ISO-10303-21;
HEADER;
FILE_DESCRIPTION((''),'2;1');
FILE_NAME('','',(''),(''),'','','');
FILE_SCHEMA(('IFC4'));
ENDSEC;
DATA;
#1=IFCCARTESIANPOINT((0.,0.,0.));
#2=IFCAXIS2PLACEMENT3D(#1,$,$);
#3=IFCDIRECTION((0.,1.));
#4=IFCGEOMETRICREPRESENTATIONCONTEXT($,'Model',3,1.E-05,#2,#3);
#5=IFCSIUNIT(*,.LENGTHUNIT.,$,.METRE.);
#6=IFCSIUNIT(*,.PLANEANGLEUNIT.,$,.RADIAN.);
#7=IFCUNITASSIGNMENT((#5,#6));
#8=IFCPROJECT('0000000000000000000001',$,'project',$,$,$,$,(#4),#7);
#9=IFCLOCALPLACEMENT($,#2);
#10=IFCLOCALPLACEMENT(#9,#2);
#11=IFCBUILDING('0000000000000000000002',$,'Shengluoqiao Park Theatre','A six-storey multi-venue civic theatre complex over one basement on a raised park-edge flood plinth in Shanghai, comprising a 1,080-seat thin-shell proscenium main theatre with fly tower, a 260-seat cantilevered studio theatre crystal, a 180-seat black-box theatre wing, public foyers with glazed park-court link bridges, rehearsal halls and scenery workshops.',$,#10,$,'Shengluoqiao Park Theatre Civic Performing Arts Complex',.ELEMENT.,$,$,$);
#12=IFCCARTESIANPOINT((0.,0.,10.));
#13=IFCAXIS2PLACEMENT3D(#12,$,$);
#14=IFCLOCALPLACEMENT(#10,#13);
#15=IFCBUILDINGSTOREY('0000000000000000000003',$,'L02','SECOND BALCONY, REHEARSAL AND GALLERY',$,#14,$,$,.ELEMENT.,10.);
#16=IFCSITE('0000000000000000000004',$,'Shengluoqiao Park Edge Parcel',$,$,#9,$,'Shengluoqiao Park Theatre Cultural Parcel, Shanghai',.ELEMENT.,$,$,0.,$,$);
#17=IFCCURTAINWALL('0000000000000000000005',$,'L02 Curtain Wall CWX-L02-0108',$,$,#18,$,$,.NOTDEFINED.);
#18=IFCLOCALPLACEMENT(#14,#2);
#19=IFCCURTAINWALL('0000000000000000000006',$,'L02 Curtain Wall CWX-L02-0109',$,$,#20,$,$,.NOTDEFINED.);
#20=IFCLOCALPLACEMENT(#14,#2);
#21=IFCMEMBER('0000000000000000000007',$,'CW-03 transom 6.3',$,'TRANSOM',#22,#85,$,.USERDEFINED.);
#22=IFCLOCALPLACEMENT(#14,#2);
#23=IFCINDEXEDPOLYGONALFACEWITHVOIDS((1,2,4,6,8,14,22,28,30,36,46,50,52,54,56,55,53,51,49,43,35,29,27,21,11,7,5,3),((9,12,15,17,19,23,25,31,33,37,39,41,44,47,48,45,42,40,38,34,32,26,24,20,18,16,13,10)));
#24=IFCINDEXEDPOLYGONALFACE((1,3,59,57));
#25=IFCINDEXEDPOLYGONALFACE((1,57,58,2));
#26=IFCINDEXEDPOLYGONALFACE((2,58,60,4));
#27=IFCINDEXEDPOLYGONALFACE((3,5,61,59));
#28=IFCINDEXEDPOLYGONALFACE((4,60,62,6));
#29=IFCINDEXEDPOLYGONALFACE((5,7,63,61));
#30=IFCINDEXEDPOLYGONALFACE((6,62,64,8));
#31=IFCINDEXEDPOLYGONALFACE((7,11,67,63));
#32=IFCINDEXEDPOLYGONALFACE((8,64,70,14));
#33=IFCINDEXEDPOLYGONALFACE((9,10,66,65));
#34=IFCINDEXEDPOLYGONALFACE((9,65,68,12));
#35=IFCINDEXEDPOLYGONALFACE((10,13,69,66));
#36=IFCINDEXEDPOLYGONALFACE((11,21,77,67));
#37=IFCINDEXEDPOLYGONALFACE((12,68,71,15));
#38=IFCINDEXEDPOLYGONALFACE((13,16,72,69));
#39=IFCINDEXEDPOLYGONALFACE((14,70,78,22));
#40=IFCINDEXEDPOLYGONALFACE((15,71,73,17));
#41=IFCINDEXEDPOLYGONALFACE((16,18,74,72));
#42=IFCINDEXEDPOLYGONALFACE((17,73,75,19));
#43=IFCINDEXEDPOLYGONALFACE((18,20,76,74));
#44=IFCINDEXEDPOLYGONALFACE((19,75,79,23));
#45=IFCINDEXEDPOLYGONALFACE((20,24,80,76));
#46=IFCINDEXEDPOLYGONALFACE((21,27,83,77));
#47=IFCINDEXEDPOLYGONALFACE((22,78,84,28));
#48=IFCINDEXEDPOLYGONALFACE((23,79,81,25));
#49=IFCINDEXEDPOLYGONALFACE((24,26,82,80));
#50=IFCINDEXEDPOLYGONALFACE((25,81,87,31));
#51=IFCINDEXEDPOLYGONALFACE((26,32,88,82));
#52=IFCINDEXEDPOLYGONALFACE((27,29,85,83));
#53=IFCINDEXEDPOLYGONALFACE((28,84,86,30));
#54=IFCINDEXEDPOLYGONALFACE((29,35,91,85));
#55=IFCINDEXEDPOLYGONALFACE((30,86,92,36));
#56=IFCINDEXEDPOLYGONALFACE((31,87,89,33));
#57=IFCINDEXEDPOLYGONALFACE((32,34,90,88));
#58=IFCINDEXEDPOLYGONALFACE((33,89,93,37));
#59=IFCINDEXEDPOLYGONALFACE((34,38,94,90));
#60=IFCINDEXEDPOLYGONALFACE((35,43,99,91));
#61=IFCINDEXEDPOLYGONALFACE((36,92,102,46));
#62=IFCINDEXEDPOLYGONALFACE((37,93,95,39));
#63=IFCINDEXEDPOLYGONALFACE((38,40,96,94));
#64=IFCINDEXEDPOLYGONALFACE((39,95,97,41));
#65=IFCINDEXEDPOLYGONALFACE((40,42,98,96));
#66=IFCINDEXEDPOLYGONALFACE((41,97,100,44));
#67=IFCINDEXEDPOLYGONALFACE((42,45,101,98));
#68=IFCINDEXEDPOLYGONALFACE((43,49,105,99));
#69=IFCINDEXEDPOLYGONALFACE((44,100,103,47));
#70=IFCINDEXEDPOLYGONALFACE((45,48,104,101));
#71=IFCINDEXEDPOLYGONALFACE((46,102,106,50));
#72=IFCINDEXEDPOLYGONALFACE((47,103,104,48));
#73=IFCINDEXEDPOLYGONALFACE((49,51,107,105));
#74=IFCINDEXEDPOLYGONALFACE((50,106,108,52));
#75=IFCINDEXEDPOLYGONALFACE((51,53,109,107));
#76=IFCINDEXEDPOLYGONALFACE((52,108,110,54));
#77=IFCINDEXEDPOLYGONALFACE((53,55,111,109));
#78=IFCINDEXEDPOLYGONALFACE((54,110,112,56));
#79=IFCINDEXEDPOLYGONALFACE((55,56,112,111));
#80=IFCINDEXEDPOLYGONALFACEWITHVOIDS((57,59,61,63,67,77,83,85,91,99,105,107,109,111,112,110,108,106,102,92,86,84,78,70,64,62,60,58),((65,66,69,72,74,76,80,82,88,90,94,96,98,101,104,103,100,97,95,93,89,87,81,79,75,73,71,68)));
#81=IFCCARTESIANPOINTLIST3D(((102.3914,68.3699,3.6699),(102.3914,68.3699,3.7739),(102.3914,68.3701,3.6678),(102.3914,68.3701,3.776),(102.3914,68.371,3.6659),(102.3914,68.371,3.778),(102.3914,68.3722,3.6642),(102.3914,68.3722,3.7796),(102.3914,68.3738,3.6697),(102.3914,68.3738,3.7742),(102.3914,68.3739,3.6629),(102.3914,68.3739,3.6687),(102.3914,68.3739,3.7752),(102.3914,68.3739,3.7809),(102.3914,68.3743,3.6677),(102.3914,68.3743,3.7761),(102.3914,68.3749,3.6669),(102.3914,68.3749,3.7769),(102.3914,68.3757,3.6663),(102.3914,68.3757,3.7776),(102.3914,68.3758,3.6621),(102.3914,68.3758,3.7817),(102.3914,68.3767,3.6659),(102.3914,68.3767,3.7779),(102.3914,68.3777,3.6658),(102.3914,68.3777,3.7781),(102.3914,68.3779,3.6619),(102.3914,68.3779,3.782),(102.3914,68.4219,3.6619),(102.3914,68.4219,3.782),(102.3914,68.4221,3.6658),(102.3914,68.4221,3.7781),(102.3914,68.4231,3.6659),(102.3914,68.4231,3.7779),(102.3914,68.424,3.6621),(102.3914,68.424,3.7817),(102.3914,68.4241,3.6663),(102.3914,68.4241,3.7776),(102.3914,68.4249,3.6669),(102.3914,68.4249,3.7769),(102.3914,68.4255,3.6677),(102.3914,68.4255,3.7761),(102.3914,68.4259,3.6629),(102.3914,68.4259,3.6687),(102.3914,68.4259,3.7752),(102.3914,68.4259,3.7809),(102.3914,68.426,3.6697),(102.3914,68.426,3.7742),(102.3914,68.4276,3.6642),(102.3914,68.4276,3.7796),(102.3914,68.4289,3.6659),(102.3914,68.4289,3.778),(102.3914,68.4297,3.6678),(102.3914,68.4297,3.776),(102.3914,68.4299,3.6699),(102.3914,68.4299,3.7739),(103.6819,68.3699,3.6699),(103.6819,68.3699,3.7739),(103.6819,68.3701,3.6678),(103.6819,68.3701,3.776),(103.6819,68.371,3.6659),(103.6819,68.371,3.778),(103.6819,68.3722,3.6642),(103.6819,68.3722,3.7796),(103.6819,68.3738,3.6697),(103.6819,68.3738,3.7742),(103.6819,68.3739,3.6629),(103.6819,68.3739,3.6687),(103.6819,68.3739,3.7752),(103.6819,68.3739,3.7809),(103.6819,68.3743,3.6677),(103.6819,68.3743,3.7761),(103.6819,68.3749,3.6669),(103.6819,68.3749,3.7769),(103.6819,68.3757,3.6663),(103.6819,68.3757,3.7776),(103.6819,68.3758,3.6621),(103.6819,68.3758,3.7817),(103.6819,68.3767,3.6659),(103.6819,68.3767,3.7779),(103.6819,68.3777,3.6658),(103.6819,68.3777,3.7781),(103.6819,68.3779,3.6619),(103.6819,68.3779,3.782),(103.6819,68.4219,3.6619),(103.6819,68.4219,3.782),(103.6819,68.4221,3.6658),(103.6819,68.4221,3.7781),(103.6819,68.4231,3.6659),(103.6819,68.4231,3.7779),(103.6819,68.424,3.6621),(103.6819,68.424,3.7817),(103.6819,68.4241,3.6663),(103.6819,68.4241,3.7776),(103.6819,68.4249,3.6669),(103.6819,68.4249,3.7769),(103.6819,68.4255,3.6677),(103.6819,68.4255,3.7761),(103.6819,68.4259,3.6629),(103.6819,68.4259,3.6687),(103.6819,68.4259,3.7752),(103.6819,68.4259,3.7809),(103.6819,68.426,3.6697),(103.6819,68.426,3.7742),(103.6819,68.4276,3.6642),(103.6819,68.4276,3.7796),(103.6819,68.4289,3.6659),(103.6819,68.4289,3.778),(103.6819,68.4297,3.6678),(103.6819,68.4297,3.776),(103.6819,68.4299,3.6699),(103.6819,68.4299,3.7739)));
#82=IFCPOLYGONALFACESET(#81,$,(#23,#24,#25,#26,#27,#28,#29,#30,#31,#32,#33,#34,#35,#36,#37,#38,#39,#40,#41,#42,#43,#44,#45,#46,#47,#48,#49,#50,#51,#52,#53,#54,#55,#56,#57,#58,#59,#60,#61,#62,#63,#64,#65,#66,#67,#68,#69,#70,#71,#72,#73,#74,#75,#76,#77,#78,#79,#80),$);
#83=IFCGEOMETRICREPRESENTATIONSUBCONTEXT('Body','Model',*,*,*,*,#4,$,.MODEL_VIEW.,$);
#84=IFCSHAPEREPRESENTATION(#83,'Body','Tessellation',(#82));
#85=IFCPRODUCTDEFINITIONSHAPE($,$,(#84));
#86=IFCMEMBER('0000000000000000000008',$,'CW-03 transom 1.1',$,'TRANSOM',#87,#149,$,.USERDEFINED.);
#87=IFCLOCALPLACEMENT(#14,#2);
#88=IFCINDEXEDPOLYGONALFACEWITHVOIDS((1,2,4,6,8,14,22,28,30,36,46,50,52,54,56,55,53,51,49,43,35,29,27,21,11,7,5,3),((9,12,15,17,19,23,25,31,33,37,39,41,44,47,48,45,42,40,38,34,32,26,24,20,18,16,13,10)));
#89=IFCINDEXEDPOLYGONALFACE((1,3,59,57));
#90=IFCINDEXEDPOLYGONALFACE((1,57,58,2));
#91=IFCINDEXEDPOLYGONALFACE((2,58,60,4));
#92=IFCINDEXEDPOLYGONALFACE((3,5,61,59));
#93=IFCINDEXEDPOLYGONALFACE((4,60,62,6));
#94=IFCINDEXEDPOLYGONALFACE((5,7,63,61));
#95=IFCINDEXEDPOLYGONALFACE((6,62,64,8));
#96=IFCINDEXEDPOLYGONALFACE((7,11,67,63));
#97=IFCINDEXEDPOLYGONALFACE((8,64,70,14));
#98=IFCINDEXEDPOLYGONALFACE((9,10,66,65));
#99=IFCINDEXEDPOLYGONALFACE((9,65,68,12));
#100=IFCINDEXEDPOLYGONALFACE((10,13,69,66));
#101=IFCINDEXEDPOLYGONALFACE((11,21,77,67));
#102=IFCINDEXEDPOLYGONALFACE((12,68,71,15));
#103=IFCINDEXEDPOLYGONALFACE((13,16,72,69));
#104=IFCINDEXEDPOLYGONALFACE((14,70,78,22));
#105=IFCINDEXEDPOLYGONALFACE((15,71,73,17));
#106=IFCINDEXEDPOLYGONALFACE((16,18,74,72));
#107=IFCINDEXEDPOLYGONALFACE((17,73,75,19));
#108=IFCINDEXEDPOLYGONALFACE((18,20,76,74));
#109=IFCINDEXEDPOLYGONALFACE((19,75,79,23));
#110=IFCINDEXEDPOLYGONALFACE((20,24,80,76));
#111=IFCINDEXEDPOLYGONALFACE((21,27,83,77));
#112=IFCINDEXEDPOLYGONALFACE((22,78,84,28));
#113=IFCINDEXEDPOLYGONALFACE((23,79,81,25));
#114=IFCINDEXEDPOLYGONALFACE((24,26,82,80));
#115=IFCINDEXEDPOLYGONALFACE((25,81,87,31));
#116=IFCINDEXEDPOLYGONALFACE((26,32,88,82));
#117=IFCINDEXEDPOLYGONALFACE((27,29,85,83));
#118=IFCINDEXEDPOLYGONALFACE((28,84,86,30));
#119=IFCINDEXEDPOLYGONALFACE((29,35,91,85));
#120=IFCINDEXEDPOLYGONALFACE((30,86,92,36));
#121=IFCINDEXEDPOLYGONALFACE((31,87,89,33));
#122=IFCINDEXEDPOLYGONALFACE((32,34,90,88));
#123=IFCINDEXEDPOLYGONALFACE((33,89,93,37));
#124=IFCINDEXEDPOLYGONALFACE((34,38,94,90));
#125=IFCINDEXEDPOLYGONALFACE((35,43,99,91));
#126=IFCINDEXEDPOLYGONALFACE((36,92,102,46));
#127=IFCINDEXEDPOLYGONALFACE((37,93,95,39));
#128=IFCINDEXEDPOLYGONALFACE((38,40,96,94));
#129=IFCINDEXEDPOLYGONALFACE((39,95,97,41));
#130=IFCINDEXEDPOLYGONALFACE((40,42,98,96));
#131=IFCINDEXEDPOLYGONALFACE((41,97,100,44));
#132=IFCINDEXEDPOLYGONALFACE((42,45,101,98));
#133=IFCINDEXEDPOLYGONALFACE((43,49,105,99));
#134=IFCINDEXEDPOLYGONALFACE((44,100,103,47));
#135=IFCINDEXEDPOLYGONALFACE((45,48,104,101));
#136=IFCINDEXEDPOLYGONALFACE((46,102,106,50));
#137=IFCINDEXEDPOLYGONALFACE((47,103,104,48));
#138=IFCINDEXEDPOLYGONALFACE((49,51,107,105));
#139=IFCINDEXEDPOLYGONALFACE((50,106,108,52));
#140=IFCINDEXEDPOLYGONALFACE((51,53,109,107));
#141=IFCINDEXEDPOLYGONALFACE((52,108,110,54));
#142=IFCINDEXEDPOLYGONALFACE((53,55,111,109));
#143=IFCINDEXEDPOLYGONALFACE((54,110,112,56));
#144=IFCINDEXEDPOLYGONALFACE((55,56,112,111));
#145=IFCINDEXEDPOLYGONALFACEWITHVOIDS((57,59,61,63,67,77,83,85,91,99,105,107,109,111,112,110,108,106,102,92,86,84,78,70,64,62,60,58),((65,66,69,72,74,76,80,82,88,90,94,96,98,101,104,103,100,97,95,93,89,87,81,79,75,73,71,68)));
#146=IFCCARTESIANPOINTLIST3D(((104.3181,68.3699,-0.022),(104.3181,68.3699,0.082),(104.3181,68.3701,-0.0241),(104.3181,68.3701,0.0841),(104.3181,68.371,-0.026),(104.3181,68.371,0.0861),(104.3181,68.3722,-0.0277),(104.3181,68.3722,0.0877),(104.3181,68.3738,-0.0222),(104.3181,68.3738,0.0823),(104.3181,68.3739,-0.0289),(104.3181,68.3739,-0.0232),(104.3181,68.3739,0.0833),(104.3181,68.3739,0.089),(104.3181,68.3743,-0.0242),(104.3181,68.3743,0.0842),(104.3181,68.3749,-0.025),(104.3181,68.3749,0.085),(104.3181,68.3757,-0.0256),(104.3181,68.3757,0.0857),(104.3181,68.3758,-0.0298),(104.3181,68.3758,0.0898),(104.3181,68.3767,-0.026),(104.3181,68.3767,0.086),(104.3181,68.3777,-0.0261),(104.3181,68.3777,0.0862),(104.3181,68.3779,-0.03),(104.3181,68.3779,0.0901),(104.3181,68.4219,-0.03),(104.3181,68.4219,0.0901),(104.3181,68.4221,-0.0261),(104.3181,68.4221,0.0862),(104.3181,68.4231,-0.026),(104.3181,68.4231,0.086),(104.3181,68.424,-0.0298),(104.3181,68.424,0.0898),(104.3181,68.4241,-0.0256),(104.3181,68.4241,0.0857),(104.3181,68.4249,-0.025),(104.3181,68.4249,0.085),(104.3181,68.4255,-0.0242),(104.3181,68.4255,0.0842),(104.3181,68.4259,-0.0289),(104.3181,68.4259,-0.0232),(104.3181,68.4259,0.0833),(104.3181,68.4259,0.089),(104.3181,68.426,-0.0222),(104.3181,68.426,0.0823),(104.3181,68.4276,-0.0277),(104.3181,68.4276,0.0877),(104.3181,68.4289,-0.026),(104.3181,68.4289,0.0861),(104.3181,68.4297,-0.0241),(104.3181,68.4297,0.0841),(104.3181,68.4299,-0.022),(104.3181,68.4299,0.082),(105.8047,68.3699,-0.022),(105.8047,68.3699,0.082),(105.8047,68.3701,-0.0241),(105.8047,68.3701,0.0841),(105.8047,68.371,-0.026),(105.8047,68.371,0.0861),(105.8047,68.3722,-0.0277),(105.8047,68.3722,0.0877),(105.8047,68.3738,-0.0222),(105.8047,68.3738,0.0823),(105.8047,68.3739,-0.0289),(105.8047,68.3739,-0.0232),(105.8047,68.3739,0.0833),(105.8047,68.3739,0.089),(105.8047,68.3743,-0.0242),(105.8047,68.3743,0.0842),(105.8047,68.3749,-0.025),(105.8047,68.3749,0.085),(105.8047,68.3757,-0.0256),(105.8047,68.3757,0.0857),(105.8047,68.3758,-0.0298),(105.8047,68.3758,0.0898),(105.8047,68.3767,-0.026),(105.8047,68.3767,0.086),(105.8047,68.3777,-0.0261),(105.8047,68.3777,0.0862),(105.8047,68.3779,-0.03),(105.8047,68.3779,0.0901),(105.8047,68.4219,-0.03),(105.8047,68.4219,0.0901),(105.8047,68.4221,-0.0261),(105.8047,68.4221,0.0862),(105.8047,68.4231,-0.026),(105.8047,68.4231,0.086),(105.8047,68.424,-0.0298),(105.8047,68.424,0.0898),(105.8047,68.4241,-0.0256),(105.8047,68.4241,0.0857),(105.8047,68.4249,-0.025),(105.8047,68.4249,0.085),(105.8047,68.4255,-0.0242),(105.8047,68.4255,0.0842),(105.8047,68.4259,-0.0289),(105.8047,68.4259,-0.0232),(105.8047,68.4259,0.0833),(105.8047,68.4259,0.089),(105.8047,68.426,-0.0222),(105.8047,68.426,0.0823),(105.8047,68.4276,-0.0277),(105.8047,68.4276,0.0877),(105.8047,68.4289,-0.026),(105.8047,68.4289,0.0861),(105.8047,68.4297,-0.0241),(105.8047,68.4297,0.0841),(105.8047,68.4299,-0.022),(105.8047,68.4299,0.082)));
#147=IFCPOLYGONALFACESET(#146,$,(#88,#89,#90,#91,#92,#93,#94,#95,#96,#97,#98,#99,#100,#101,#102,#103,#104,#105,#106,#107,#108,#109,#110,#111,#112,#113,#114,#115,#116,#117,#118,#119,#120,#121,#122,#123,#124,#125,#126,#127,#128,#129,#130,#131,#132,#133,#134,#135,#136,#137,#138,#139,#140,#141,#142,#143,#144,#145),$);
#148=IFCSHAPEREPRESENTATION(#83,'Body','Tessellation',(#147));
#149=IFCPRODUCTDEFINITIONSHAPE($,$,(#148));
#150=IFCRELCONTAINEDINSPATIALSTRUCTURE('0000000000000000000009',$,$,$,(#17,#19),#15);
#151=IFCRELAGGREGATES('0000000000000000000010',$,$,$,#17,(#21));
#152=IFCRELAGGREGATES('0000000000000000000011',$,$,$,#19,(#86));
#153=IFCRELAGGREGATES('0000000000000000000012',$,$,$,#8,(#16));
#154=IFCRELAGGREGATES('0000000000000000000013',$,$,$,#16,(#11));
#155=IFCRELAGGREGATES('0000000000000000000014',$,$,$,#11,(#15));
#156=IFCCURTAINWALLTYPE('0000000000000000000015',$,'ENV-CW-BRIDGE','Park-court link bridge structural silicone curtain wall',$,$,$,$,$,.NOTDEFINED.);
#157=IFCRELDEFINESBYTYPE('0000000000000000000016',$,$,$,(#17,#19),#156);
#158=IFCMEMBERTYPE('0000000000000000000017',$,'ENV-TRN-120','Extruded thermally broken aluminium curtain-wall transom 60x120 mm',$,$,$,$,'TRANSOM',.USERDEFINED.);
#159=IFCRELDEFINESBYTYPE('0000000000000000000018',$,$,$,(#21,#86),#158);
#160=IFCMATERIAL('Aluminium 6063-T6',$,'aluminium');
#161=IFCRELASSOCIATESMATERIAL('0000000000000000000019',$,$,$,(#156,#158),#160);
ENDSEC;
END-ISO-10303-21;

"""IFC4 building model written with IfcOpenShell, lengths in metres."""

from ifc_helpers import new_model, si_unit, direction, frame, origin, origin_2d, place, context, subcontext, project, spatial, hollow_rectangle, extrude, material, material_profile, profile_set, type_object, element, aggregate, save


model = new_model("IFC4")

# Units and contexts
model_context = context("Model", 3, precision=1e-05, world=origin(), true_north=direction((0.0, 1.0)))
body_context = subcontext(model_context, "Body", "Model", "MODEL_VIEW")
ifc_project = project(units=[si_unit("LENGTHUNIT", "METRE"), si_unit("PLANEANGLEUNIT", "RADIAN")], contexts=[model_context])

# Site, building, storey
site_placement = place(None, origin())
site = spatial("IfcSite", under=ifc_project, at=site_placement, Name="Shengluoqiao Park Edge Parcel", LongName="Shengluoqiao Park Theatre Cultural Parcel, Shanghai", CompositionType="ELEMENT", RefElevation=0.0)
building_placement = place(site_placement, origin())
building = spatial("IfcBuilding", under=site, at=building_placement, Name="Shengluoqiao Park Theatre", Description="A six-storey multi-venue civic theatre complex over one basement on a raised park-edge flood plinth in Shanghai, comprising a 1,080-seat thin-shell proscenium main theatre with fly tower, a 260-seat cantilevered studio theatre crystal, a 180-seat black-box theatre wing, public foyers with glazed park-court link bridges, rehearsal halls and scenery workshops.", LongName="Shengluoqiao Park Theatre Civic Performing Arts Complex", CompositionType="ELEMENT")
storey_placement = place(building_placement, frame((0.0, 0.0, 10.0)))
storey = spatial("IfcBuildingStorey", under=building, at=storey_placement, Name="L02", Description="SECOND BALCONY, REHEARSAL AND GALLERY", CompositionType="ELEMENT", Elevation=10.0)

# Curtain wall
ifc_material_1 = material(Name="Aluminium 6063-T6", Category="aluminium")
curtain_wall_type = type_object("IfcCurtainWallType", Name="ENV-CW-BRIDGE", Description="Park-court link bridge structural silicone curtain wall", PredefinedType="NOTDEFINED", material=ifc_material_1)
curtain_wall_1_placement = place(storey_placement, origin())
curtain_wall_1 = element("IfcCurtainWall", 1, at=curtain_wall_1_placement, inside=storey, type_object=curtain_wall_type, Name="L02 Curtain Wall CWX-L02-0108", PredefinedType="NOTDEFINED")

# Curtain wall
curtain_wall_2_placement = place(storey_placement, origin())
curtain_wall_2 = element("IfcCurtainWall", 2, at=curtain_wall_2_placement, inside=storey, type_object=curtain_wall_type, Name="L02 Curtain Wall CWX-L02-0109", PredefinedType="NOTDEFINED")

# Members
ifc_material_profile_1 = material_profile(ifc_material_1, hollow_rectangle(XDim=0.0601, YDim=0.1201, WallThickness=0.0039, InnerFilletRadius=0.0039, OuterFilletRadius=0.0081, at=origin_2d()), Name="ALU TRANSOM 120x60x4")
ifc_profile_set_1 = profile_set([ifc_material_profile_1], Name="Aluminium 6063-T6")
member_type_1 = type_object("IfcMemberType", Name="ENV-TRN-120", Description="Extruded thermally broken aluminium curtain-wall transom 60x120 mm", ElementType="TRANSOM", PredefinedType="USERDEFINED", material=ifc_profile_set_1)
member_1_placement = place(storey_placement, frame((102.3914, 68.3999, 3.7219), z_axis=(1.0, 0.0, 0.0), x_axis=(0.0, 1.0, 0.0)))
member_1 = element("IfcMember", 3, at=member_1_placement, type_object=member_type_1, Name="CW-03 transom 6.3", ObjectType="TRANSOM", PredefinedType="USERDEFINED", context=body_context, shape_type="SweptSolid", body=[
    extrude(hollow_rectangle(XDim=0.0601, YDim=0.1201, WallThickness=0.0039, InnerFilletRadius=0.0039, OuterFilletRadius=0.0081, at=origin_2d()), origin(), (0.0, 0.0, 1.0), 1.2905),
])
member_2_placement = place(storey_placement, frame((104.3181, 68.3999, 0.03), z_axis=(1.0, 0.0, 0.0), x_axis=(0.0, 1.0, 0.0)))
member_2 = element("IfcMember", 4, at=member_2_placement, type_object=member_type_1, Name="CW-03 transom 1.1", ObjectType="TRANSOM", PredefinedType="USERDEFINED", context=body_context, shape_type="SweptSolid", body=[
    extrude(hollow_rectangle(XDim=0.0601, YDim=0.1201, WallThickness=0.0039, InnerFilletRadius=0.0039, OuterFilletRadius=0.0081, at=origin_2d()), origin(), (0.0, 0.0, 1.0), 1.4866),
])

aggregate(curtain_wall_1, [member_1])
aggregate(curtain_wall_2, [member_2])

save(model, "model.ifc")
